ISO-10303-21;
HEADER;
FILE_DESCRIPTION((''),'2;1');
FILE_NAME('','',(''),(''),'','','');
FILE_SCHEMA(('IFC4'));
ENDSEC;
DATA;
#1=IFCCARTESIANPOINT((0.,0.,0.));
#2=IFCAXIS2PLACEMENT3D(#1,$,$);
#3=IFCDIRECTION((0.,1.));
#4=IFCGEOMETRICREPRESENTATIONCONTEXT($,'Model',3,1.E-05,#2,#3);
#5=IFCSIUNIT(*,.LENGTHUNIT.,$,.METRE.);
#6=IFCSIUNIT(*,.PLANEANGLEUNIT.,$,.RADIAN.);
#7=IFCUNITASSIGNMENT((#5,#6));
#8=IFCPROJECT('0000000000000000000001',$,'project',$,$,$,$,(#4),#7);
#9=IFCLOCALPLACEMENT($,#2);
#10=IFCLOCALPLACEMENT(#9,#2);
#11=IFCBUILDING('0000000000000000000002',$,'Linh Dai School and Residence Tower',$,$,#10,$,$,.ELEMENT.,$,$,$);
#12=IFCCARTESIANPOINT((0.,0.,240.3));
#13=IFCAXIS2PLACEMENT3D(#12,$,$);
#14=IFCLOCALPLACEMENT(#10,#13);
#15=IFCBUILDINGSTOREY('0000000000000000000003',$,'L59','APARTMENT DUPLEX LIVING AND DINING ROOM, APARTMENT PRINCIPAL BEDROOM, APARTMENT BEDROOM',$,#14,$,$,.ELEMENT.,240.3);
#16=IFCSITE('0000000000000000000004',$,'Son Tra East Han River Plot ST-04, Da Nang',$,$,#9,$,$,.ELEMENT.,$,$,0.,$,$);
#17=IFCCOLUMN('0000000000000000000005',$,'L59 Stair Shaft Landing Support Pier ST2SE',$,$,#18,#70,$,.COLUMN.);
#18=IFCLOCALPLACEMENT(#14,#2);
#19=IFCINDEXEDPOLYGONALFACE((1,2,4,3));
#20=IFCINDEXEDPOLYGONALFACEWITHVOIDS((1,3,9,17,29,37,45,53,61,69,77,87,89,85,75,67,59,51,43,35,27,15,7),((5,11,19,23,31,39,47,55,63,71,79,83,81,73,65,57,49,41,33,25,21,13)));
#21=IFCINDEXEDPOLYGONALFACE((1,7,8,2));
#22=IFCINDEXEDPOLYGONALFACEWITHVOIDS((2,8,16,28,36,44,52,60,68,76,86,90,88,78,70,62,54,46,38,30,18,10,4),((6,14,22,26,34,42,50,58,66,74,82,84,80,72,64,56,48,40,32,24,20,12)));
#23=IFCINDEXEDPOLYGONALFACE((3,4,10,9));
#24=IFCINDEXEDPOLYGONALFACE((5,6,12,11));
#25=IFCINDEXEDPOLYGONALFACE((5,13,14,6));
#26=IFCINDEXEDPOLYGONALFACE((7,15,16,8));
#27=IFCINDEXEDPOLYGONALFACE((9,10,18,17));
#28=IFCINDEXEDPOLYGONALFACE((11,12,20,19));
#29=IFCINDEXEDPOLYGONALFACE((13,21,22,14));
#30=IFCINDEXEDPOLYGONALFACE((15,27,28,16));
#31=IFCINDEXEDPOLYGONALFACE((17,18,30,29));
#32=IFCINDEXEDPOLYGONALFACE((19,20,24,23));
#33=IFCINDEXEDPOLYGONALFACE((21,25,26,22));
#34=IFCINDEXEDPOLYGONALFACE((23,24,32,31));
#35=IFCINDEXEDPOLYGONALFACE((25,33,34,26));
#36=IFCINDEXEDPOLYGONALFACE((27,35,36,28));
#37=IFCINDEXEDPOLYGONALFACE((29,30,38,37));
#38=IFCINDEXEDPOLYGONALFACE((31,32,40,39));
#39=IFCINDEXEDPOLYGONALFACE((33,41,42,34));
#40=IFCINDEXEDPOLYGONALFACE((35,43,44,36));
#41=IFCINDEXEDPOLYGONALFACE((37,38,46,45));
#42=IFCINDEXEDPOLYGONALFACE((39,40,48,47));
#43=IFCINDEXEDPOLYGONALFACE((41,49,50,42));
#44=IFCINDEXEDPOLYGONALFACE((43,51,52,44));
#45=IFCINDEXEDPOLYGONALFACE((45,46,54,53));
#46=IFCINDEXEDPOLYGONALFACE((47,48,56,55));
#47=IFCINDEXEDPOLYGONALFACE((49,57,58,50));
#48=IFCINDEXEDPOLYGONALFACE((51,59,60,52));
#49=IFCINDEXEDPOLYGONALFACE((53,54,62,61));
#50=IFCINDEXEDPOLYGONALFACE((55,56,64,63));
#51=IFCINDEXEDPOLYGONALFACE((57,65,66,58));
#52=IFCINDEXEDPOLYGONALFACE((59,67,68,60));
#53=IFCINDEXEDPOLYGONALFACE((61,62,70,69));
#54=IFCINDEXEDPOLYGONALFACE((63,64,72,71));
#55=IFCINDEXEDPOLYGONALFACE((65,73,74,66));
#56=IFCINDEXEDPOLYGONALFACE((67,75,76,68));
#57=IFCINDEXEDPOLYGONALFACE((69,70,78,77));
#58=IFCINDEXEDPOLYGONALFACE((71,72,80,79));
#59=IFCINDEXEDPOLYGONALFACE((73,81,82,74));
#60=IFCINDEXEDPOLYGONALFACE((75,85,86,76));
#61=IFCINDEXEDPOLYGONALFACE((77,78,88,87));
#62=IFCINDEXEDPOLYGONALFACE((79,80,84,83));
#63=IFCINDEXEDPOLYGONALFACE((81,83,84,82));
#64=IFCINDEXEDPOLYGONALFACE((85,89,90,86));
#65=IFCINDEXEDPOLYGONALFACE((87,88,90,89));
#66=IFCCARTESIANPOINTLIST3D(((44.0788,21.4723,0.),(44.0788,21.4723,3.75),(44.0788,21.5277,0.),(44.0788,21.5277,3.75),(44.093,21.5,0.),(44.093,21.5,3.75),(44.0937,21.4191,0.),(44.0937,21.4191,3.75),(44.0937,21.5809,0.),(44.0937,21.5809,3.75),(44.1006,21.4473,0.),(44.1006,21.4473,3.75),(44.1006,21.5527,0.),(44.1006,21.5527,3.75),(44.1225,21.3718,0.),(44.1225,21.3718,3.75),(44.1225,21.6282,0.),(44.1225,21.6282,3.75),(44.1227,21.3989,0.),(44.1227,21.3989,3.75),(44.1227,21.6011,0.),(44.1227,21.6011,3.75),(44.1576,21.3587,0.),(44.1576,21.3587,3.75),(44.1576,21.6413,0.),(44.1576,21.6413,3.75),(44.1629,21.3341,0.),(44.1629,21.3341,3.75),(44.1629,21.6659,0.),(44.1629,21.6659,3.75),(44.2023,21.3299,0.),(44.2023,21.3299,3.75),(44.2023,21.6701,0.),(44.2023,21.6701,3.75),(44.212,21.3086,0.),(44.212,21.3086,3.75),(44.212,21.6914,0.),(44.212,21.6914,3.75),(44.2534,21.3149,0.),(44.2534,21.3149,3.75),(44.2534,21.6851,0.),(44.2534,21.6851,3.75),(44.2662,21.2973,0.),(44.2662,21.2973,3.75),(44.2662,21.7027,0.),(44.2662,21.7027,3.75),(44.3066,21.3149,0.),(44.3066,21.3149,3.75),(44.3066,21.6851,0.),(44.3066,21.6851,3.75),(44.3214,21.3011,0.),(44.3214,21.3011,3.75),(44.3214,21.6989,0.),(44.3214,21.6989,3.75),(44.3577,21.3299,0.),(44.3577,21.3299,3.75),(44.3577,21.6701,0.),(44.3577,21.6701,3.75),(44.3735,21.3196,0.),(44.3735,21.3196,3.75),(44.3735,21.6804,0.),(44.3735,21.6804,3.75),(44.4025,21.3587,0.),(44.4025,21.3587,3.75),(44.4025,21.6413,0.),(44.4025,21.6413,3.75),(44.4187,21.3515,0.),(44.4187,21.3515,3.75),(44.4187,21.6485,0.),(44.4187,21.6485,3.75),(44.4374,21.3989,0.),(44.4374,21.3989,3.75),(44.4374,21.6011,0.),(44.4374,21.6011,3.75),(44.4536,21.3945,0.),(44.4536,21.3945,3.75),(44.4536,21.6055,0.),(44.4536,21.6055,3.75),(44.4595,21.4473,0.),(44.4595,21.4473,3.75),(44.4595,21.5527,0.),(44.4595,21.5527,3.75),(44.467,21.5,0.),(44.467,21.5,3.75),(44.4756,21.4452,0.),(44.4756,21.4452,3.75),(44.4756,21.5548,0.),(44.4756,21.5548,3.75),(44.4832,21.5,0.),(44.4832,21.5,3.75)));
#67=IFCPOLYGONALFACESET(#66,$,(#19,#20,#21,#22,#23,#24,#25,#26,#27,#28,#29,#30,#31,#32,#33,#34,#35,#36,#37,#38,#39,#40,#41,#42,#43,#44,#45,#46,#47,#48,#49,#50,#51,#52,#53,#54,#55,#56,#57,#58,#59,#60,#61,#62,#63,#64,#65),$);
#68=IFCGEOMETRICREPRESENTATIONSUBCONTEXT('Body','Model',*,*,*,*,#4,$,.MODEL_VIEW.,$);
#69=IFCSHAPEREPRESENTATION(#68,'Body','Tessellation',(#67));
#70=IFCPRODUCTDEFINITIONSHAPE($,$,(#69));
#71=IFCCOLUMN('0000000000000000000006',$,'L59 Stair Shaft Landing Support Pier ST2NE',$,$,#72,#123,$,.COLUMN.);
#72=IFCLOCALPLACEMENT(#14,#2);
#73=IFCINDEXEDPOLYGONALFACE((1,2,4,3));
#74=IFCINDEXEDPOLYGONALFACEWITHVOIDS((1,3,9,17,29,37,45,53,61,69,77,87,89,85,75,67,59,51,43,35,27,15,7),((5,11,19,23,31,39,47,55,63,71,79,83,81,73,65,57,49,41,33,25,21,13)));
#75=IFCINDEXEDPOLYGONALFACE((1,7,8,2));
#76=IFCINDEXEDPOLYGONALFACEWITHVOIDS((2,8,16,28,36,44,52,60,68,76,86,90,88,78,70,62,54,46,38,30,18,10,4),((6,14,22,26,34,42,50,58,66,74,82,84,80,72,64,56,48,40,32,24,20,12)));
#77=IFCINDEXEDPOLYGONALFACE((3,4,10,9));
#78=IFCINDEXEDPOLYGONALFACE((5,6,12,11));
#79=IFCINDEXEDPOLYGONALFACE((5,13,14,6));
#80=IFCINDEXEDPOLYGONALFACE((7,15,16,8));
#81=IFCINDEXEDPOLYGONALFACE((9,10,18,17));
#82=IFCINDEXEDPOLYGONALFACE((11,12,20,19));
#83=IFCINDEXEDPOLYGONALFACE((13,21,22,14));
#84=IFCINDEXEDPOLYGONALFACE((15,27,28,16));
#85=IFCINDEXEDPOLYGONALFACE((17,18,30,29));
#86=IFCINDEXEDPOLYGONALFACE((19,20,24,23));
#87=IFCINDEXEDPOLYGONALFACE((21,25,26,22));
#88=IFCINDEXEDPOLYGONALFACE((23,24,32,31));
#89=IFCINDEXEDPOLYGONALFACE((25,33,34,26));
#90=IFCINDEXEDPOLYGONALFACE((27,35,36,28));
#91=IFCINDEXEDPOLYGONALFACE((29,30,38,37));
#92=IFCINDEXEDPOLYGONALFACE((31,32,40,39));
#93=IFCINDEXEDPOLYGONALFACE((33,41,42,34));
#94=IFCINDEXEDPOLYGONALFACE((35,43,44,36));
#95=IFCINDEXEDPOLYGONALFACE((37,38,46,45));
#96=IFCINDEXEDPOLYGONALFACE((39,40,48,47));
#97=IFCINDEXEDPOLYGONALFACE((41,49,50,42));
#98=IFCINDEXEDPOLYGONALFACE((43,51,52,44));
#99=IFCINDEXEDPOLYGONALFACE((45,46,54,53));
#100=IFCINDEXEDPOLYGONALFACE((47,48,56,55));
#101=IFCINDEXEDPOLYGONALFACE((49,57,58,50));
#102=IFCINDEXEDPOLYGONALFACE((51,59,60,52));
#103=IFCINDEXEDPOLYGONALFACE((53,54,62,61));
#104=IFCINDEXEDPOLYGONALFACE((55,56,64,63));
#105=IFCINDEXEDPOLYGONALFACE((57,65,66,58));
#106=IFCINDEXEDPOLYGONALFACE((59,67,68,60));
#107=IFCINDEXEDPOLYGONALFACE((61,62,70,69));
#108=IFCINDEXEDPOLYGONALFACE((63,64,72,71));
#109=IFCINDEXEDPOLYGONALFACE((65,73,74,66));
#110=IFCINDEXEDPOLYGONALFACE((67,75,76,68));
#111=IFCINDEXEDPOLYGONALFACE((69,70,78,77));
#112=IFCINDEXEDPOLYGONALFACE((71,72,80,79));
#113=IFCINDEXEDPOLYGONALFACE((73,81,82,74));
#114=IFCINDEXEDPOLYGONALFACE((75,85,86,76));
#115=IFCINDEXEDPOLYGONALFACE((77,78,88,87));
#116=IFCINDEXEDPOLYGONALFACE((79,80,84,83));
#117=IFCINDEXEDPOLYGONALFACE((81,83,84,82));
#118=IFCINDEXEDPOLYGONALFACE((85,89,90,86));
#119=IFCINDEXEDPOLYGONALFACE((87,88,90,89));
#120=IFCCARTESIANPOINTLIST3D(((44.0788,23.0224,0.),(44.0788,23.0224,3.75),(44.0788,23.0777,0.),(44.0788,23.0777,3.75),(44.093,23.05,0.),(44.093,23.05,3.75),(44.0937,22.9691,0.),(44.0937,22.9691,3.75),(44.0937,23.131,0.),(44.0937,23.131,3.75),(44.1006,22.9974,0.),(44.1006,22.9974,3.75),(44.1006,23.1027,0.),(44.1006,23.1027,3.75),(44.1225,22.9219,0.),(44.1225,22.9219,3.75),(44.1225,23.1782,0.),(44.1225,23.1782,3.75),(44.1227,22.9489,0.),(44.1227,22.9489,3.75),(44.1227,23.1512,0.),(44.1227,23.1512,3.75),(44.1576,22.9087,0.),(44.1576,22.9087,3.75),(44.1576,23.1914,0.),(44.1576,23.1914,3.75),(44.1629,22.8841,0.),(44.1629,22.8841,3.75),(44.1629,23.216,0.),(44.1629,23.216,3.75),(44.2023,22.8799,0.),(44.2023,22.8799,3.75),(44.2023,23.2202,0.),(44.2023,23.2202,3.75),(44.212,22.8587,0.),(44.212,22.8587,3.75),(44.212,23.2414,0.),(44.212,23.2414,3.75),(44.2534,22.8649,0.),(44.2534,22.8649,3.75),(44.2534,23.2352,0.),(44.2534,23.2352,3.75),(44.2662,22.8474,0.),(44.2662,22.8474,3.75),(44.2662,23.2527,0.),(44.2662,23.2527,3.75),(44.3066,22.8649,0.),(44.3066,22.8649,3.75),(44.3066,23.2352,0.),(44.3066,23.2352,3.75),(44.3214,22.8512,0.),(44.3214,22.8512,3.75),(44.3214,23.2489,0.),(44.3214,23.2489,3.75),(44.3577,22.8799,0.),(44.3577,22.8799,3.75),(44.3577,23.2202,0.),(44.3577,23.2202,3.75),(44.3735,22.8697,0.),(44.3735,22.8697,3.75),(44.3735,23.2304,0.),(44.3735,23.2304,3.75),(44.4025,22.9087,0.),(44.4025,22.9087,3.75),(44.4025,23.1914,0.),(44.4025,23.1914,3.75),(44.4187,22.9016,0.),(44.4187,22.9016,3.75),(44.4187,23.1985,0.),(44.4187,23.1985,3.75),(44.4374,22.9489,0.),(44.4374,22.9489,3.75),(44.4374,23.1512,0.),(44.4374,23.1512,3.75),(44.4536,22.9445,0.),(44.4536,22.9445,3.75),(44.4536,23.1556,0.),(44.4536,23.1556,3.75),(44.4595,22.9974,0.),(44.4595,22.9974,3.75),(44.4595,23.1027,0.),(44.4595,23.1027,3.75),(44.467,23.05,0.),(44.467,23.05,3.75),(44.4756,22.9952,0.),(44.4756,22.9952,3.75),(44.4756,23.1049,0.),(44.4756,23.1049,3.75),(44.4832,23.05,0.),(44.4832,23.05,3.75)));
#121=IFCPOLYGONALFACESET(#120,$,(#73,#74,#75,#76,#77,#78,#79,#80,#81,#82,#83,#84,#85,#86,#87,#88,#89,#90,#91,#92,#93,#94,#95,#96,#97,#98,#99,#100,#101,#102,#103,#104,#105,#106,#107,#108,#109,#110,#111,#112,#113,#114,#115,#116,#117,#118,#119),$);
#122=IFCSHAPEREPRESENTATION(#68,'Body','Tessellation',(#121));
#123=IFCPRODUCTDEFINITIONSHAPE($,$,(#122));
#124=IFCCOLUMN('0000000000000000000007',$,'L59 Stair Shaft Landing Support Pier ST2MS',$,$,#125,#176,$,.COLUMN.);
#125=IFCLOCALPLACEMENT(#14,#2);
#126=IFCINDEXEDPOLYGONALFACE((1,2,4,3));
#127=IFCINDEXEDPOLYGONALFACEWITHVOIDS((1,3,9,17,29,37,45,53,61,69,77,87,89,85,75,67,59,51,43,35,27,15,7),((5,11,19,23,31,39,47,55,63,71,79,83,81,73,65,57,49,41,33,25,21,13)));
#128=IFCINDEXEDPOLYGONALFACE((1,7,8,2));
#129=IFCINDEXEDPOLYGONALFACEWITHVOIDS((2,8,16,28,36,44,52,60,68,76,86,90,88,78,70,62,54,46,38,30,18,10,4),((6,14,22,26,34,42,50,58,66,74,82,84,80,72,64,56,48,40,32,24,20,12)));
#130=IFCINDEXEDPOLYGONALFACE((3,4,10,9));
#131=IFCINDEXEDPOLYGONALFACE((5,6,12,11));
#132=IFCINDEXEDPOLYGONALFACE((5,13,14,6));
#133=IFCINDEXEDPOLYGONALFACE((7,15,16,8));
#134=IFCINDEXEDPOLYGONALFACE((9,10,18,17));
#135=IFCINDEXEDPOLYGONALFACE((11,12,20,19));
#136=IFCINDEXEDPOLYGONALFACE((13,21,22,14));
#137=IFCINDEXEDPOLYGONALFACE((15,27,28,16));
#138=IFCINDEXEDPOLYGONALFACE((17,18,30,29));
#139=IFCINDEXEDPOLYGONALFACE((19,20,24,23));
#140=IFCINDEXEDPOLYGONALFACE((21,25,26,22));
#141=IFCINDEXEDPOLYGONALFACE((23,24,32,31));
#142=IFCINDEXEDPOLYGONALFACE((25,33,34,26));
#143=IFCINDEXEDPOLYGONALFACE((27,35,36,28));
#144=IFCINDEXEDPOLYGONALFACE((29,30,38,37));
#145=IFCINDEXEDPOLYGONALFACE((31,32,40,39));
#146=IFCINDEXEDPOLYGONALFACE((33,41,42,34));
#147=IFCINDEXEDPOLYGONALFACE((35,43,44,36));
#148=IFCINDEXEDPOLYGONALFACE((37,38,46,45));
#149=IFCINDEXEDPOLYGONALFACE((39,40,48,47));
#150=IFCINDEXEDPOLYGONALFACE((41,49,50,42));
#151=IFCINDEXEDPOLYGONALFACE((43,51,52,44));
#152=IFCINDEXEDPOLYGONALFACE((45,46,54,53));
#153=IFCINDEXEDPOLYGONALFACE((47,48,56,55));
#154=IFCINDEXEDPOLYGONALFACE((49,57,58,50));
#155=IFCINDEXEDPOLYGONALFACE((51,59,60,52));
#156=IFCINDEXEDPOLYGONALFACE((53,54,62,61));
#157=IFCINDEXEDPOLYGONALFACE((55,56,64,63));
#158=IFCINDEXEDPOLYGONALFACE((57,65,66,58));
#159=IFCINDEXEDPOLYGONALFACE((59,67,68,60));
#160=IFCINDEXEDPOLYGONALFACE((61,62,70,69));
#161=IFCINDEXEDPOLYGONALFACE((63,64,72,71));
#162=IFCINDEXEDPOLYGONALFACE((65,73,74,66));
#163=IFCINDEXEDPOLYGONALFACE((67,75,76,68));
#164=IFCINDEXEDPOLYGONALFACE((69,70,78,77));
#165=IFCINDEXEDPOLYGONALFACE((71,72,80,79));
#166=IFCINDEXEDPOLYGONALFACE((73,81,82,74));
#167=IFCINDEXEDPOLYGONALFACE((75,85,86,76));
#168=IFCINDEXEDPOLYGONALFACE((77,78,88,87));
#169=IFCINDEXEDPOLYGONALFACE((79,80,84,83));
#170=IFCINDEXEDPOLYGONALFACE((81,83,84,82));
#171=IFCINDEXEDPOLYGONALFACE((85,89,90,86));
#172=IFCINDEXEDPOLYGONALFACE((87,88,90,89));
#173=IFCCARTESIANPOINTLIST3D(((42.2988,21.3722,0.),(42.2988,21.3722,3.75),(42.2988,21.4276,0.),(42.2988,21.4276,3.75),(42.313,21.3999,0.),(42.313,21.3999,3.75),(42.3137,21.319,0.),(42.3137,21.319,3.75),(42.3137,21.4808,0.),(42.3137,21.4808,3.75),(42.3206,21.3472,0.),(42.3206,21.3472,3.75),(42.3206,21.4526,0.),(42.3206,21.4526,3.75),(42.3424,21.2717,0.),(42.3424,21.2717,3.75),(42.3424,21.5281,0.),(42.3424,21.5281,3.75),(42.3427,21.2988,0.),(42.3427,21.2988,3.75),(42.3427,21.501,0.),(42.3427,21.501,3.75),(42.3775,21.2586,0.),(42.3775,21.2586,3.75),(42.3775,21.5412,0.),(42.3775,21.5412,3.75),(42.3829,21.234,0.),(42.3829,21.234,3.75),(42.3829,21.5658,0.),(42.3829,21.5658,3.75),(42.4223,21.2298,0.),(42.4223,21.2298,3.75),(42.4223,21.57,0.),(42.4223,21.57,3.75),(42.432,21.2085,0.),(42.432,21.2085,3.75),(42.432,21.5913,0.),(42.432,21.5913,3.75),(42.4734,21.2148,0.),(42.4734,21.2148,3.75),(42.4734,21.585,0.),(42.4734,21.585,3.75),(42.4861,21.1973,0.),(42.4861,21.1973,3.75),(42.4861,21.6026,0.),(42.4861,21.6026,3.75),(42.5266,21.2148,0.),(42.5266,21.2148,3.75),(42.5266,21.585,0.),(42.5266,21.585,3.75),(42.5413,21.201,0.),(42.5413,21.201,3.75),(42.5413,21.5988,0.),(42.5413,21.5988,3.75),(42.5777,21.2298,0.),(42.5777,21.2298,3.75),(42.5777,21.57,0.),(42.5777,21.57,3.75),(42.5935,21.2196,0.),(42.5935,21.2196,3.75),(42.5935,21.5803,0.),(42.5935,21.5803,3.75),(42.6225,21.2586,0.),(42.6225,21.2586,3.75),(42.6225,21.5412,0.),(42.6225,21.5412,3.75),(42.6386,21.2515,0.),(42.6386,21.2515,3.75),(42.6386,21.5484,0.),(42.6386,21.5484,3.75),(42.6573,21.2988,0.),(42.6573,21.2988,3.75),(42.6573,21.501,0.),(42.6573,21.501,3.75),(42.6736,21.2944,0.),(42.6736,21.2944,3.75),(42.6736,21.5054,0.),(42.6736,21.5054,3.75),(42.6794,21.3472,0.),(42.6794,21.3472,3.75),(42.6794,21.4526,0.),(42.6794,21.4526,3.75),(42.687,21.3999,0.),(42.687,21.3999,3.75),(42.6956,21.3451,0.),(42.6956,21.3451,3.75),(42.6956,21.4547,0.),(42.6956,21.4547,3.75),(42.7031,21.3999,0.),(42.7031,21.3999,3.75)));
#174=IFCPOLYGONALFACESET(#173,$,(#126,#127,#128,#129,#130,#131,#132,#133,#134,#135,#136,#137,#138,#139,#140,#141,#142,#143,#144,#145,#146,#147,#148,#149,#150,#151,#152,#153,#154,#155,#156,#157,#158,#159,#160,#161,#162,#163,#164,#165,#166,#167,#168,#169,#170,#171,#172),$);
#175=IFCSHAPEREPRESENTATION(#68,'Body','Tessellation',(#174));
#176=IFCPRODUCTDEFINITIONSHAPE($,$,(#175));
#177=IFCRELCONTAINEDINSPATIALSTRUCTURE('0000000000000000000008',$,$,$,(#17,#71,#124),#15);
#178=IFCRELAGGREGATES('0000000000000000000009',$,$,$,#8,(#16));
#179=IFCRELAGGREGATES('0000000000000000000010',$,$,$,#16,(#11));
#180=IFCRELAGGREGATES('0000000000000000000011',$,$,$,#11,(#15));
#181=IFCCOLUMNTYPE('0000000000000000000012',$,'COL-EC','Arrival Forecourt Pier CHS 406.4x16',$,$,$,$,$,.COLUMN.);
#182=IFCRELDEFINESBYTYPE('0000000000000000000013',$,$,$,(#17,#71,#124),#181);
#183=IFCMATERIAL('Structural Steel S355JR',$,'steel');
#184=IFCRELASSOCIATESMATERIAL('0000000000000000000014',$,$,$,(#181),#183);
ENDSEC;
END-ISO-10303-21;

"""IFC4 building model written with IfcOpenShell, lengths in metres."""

from ifc_helpers import new_model, si_unit, direction, frame, origin, origin_2d, place, context, subcontext, project, spatial, hollow_circle, extrude, material, material_profile, profile_set, type_object, element, save


model = new_model("IFC4")

# Units and contexts
model_context = context("Model", 3, precision=1e-05, world=origin(), true_north=direction((0.0, 1.0)))
body_context = subcontext(model_context, "Body", "Model", "MODEL_VIEW")
ifc_project = project(units=[si_unit("LENGTHUNIT", "METRE"), si_unit("PLANEANGLEUNIT", "RADIAN")], contexts=[model_context])

# Site, building, storey
site_placement = place(None, origin())
site = spatial("IfcSite", under=ifc_project, at=site_placement, Name="Son Tra East Han River Plot ST-04, Da Nang", CompositionType="ELEMENT", RefElevation=0.0)
building_placement = place(site_placement, origin())
building = spatial("IfcBuilding", under=site, at=building_placement, Name="Linh Dai School and Residence Tower", CompositionType="ELEMENT")
storey_placement = place(building_placement, frame((0.0, 0.0, 240.3)))
storey = spatial("IfcBuildingStorey", under=building, at=storey_placement, Name="L59", Description="APARTMENT DUPLEX LIVING AND DINING ROOM, APARTMENT PRINCIPAL BEDROOM, APARTMENT BEDROOM", CompositionType="ELEMENT", Elevation=240.3)

# Columns
ifc_material_1 = material(Name="Structural Steel S355JR", Category="steel")
ifc_material_profile_1 = material_profile(ifc_material_1, hollow_circle(Radius=0.2031, WallThickness=0.0161, at=origin_2d()), Name="CHS 406.4x16")
ifc_profile_set_1 = profile_set([ifc_material_profile_1], Name="Structural Steel S355JR")
column_type_1 = type_object("IfcColumnType", Name="COL-EC", Description="Arrival Forecourt Pier CHS 406.4x16", PredefinedType="COLUMN", material=ifc_profile_set_1)
for number, where, z_axis, x_axis, name in (
    (1, (44.28, 21.5, 0.0), (0.0, 0.0, 1.0), (1.0, 0.0, 0.0), "L59 Stair Shaft Landing Support Pier ST2SE"),
    (2, (44.28, 23.05, 0.0), (0.0, 0.0, 1.0), (1.0, 0.0, 0.0), "L59 Stair Shaft Landing Support Pier ST2NE"),
    (3, (42.5, 21.3999, 0.0), (0.0, 0.0, 1.0), (1.0, 0.0, 0.0), "L59 Stair Shaft Landing Support Pier ST2MS"),
):
    element("IfcColumn", number, at=place(storey_placement, frame(where, z_axis=z_axis, x_axis=x_axis)), inside=storey, type_object=column_type_1, Name=name, PredefinedType="COLUMN", context=body_context, shape_type="SweptSolid", body=[
        extrude(hollow_circle(Radius=0.2031, WallThickness=0.0161, at=origin_2d()), origin(), (0.0, 0.0, 1.0), 3.75),
    ])

save(model, "model.ifc")
